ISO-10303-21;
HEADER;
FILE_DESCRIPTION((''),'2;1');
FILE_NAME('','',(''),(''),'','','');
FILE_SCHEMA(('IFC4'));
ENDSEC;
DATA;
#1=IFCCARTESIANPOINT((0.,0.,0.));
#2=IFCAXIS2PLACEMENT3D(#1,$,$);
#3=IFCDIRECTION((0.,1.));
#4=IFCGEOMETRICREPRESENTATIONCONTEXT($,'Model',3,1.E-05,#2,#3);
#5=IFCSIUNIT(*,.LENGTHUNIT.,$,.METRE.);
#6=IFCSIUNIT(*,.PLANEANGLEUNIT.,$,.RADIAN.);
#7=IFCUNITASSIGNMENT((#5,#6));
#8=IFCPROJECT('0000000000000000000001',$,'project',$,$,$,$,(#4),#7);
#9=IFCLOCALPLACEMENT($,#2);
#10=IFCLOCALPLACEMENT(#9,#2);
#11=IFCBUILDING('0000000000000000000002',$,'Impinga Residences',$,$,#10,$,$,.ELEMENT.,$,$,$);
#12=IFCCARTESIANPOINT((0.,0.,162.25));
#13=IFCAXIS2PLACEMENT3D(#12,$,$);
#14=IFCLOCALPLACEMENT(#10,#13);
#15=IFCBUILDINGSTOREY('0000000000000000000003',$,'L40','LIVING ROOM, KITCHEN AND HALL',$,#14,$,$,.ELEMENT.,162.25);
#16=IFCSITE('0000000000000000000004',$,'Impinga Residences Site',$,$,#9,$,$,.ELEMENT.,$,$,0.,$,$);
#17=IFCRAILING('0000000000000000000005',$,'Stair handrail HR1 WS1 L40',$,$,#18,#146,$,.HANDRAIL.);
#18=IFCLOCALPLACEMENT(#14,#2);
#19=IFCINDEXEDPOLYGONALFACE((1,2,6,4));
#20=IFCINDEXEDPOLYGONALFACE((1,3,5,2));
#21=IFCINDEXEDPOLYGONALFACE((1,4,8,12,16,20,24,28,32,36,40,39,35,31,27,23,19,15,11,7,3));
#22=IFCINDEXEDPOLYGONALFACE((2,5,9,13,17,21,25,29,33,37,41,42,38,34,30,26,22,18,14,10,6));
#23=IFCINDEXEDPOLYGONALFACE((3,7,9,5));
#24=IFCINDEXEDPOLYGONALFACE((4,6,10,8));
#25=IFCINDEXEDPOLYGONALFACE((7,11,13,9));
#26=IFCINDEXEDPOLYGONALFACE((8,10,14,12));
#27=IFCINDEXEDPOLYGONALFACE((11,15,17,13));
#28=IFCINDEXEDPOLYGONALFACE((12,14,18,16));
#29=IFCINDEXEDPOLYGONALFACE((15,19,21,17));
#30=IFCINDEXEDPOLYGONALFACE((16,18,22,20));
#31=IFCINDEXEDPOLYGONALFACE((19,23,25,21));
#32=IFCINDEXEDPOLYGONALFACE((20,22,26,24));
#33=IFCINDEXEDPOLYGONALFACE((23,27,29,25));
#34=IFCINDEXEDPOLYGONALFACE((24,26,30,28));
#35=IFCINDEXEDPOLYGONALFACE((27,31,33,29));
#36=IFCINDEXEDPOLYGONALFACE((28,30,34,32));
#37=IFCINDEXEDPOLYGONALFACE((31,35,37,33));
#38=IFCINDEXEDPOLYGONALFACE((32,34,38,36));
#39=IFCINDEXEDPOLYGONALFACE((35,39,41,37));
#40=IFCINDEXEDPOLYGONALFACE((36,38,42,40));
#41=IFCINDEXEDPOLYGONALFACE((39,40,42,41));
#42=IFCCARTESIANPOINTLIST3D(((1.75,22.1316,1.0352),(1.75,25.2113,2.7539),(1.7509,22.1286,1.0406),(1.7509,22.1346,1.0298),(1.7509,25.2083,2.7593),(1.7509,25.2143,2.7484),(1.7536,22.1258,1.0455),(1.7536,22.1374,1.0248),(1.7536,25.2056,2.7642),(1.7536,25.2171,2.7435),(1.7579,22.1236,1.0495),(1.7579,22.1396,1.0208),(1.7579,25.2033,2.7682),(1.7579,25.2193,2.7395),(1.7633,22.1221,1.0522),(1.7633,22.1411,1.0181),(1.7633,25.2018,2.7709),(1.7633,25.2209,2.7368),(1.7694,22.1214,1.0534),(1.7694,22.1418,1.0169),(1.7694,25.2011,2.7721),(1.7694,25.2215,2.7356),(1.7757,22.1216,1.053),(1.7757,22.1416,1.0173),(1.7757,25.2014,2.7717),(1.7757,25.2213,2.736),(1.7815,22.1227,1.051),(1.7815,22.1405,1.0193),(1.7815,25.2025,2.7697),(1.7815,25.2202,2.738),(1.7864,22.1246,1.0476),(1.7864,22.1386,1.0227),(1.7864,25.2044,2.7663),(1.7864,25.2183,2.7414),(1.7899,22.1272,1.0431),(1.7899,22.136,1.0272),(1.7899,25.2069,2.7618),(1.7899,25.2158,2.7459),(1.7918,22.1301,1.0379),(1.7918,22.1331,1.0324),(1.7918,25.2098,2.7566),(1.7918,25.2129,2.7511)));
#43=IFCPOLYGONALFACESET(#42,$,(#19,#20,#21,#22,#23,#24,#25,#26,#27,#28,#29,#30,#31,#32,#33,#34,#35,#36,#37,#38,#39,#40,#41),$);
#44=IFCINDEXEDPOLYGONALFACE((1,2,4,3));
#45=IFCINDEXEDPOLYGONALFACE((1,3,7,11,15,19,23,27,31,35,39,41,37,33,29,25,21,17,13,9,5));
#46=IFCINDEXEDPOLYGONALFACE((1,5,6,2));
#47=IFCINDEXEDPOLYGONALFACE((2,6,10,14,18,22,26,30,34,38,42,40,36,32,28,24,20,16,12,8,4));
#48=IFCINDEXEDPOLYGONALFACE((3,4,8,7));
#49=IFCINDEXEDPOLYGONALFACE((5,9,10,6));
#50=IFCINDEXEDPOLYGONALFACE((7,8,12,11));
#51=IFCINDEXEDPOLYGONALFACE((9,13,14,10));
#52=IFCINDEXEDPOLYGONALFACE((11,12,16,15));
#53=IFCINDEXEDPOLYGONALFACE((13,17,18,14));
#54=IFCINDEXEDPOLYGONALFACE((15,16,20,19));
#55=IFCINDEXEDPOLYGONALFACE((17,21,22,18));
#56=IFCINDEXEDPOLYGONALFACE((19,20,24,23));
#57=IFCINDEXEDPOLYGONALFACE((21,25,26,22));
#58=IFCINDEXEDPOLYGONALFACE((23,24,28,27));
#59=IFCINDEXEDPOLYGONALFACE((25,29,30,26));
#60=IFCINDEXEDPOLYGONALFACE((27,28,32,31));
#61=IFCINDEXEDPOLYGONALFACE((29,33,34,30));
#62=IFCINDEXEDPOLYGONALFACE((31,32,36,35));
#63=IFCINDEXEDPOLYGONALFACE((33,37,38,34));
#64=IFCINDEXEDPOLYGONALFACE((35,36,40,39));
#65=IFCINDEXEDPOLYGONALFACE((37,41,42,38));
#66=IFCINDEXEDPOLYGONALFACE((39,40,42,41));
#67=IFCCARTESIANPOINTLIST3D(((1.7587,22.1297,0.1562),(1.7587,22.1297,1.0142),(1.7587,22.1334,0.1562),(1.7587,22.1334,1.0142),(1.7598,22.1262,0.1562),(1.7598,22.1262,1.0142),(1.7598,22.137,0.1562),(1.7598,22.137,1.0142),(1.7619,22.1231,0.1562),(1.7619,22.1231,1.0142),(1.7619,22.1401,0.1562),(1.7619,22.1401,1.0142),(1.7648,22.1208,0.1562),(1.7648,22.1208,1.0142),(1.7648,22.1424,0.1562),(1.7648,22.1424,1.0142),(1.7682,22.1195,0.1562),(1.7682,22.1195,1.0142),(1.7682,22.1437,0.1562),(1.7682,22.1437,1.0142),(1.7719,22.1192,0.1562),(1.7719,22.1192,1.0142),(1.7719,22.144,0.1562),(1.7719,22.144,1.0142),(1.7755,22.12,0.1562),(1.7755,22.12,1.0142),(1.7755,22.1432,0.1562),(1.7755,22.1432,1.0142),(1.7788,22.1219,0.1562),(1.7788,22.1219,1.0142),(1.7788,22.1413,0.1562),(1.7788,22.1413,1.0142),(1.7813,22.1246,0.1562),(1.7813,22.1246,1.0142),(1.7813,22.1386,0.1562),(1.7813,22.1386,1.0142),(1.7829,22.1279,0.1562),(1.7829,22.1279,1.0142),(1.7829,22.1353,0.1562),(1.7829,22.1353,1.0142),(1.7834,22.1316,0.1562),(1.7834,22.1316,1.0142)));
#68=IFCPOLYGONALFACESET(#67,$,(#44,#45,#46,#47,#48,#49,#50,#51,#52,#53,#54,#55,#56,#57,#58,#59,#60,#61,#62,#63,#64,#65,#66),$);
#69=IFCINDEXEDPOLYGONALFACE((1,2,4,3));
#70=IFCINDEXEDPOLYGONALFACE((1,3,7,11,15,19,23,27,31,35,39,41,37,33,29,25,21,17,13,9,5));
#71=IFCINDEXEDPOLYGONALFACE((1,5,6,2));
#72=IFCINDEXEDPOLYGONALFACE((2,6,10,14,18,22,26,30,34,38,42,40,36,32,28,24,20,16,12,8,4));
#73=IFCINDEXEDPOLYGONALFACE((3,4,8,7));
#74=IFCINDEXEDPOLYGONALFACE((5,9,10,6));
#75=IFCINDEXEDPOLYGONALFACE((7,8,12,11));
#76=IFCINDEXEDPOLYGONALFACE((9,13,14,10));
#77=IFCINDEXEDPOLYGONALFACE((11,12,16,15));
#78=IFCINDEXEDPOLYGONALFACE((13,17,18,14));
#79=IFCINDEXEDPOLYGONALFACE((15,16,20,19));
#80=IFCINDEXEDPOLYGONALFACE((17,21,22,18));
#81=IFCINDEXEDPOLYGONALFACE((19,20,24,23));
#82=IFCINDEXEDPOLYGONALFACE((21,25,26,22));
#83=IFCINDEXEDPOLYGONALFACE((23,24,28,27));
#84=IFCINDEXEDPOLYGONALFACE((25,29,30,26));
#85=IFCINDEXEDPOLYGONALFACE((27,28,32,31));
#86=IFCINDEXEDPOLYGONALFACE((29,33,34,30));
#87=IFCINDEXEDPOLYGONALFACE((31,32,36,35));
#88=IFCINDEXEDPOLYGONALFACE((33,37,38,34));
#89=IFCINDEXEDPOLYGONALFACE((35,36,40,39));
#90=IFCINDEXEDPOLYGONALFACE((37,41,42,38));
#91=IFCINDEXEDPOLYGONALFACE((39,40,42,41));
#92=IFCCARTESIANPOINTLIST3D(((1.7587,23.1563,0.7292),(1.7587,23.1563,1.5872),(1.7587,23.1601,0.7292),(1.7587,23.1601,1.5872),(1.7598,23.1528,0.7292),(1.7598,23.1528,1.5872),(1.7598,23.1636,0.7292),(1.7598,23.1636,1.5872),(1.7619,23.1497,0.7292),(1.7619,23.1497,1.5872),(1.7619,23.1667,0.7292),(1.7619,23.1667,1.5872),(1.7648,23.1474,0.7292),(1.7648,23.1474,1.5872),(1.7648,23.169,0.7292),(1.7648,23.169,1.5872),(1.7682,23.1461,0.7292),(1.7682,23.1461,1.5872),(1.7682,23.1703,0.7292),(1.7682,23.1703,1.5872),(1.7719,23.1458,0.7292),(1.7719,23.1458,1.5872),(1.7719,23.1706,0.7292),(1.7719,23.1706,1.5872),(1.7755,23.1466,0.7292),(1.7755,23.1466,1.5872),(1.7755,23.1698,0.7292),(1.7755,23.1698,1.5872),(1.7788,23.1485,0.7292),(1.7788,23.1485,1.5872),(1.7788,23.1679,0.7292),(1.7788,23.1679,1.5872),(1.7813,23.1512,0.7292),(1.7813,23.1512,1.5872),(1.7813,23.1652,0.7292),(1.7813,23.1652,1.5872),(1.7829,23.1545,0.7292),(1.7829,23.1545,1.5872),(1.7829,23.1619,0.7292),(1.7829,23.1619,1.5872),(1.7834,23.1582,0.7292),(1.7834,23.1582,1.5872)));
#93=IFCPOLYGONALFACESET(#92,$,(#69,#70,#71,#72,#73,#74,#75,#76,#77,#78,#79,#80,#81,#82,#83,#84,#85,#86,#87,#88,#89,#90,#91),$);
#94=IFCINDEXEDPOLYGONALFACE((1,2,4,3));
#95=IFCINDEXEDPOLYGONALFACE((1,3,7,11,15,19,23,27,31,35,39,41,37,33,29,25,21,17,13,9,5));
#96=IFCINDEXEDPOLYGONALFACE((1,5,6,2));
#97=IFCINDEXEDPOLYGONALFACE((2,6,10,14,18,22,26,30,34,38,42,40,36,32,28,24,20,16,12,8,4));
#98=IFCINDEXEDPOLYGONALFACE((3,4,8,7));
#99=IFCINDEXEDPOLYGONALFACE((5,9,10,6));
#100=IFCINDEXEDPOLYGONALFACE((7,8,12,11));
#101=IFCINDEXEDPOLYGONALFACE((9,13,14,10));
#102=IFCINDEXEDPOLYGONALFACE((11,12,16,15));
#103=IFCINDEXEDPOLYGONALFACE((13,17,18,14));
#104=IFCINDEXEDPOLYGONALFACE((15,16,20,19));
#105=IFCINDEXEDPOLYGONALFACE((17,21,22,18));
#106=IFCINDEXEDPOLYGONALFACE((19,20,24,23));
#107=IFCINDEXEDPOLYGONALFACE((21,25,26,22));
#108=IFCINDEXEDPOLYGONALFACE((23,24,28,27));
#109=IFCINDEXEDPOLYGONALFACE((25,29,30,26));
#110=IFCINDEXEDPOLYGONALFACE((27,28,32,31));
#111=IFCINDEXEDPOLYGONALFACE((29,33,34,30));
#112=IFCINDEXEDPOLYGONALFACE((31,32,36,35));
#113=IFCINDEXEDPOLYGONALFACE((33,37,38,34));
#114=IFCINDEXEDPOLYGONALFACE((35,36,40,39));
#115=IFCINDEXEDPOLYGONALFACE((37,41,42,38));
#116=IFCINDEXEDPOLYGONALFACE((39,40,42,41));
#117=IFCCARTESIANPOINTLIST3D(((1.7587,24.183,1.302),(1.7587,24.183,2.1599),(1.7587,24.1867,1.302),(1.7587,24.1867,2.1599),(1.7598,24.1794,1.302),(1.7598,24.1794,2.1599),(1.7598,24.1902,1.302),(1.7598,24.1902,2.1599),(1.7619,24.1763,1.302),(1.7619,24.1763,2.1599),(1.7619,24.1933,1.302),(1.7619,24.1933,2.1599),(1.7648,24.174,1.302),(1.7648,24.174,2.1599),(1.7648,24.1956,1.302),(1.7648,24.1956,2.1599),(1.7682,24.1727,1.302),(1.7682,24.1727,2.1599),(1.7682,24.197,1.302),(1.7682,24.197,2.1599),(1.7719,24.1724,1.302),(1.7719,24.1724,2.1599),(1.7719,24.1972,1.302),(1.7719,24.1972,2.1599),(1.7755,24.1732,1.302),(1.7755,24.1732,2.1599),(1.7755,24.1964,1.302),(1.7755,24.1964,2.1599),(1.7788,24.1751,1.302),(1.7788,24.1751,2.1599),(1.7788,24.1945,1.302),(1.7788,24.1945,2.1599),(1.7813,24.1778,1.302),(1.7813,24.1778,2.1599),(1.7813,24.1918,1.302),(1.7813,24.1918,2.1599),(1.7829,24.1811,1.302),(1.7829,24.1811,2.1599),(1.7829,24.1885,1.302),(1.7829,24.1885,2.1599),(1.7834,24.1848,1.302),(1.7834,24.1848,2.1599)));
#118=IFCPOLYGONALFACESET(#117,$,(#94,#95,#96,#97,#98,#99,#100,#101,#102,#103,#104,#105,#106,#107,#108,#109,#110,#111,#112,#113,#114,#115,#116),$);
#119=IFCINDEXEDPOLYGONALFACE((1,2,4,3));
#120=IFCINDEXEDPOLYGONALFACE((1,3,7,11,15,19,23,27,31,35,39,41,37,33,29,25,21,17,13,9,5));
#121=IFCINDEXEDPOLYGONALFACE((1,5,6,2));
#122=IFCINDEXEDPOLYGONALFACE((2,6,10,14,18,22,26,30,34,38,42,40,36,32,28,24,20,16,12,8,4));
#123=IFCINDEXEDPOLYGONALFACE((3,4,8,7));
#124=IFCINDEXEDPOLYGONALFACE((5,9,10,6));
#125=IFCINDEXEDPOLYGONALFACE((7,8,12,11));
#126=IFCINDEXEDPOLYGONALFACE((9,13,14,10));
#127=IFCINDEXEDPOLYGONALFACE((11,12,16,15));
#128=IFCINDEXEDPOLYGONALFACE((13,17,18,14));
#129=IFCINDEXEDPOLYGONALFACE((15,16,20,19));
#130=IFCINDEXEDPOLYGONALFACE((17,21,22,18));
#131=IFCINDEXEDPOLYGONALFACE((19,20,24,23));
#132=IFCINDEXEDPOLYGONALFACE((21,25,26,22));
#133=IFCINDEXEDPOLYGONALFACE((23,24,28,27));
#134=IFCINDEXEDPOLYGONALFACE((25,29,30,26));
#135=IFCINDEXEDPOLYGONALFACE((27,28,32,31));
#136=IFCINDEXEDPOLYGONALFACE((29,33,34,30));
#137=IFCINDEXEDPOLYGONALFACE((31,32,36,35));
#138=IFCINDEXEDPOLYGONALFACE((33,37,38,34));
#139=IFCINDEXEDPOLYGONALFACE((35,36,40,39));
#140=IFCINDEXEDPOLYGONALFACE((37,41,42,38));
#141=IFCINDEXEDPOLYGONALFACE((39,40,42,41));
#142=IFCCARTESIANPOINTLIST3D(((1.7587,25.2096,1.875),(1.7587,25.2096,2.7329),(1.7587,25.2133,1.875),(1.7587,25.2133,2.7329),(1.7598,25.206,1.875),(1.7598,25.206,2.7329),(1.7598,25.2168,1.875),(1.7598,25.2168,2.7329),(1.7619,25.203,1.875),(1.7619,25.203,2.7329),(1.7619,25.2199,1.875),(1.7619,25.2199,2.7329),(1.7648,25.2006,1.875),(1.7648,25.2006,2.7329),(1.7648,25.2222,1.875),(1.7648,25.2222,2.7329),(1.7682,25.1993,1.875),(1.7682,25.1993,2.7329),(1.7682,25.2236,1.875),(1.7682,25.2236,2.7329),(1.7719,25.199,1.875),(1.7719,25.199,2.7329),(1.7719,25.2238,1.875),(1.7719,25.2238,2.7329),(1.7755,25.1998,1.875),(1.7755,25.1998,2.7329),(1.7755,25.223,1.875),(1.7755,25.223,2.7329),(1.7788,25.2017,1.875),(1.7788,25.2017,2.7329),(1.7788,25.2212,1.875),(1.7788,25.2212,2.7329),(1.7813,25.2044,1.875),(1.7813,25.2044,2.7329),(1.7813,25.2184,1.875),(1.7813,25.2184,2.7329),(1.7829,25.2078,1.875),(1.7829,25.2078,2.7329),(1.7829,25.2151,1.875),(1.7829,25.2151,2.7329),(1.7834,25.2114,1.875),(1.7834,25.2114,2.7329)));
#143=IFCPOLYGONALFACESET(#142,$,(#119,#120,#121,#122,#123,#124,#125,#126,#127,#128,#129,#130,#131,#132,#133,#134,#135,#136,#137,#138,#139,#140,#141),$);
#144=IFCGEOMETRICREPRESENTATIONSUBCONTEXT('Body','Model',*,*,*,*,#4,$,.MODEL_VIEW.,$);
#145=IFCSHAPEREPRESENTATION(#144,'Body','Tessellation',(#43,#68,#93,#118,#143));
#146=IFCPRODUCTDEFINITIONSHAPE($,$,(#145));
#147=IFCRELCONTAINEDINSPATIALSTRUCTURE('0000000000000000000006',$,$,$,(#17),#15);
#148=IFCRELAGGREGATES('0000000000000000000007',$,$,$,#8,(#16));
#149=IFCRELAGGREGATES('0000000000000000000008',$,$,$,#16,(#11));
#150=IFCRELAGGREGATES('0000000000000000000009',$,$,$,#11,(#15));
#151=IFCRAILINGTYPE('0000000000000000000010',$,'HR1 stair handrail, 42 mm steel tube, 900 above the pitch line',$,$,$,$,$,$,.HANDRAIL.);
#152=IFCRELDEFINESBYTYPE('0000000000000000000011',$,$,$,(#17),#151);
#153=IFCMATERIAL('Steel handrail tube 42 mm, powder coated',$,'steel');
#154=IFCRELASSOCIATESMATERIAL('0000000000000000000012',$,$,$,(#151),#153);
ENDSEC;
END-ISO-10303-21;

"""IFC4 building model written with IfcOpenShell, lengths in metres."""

from ifc_helpers import new_model, si_unit, direction, frame, origin, origin_2d, place, context, subcontext, project, spatial, circle, extrude, material, type_object, element, save


model = new_model("IFC4")

# Units and contexts
model_context = context("Model", 3, precision=1e-05, world=origin(), true_north=direction((0.0, 1.0)))
body_context = subcontext(model_context, "Body", "Model", "MODEL_VIEW")
ifc_project = project(units=[si_unit("LENGTHUNIT", "METRE"), si_unit("PLANEANGLEUNIT", "RADIAN")], contexts=[model_context])

# Site, building, storey
site_placement = place(None, origin())
site = spatial("IfcSite", under=ifc_project, at=site_placement, Name="Impinga Residences Site", CompositionType="ELEMENT", RefElevation=0.0)
building_placement = place(site_placement, origin())
building = spatial("IfcBuilding", under=site, at=building_placement, Name="Impinga Residences", CompositionType="ELEMENT")
storey_placement = place(building_placement, frame((0.0, 0.0, 162.25)))
storey = spatial("IfcBuildingStorey", under=building, at=storey_placement, Name="L40", Description="LIVING ROOM, KITCHEN AND HALL", CompositionType="ELEMENT", Elevation=162.25)

# Railing
ifc_material_1 = material(Name="Steel handrail tube 42 mm, powder coated", Category="steel")
railing_type_1 = type_object("IfcRailingType", Name="HR1 stair handrail, 42 mm steel tube, 900 above the pitch line", PredefinedType="HANDRAIL", material=ifc_material_1)
railing_1_placement = place(storey_placement, frame((1.771, 22.1316, 0.1562)))
element("IfcRailing", 1, at=railing_1_placement, inside=storey, type_object=railing_type_1, Name="Stair handrail HR1 WS1 L40", PredefinedType="HANDRAIL", context=body_context, shape_type="SweptSolid", body=[
    extrude(circle(Radius=0.021, at=origin_2d()), frame((0.0, 0.0, 0.8789), z_axis=(0.0, 0.873225, 0.487317), x_axis=(-1.0, 0.0, 0.0)), (0.0, 0.0, 1.0), 3.5269),
    extrude(circle(Radius=0.0125, at=origin_2d()), origin(), (0.0, 0.0, 1.0), 0.8579),
    extrude(circle(Radius=0.0125, at=origin_2d()), frame((0.0, 1.0266, 0.573)), (0.0, 0.0, 1.0), 0.8579),
    extrude(circle(Radius=0.0125, at=origin_2d()), frame((0.0, 2.0532, 1.1458)), (0.0, 0.0, 1.0), 0.8579),
    extrude(circle(Radius=0.0125, at=origin_2d()), frame((0.0, 3.0798, 1.7188)), (0.0, 0.0, 1.0), 0.8579),
])

save(model, "model.ifc")
